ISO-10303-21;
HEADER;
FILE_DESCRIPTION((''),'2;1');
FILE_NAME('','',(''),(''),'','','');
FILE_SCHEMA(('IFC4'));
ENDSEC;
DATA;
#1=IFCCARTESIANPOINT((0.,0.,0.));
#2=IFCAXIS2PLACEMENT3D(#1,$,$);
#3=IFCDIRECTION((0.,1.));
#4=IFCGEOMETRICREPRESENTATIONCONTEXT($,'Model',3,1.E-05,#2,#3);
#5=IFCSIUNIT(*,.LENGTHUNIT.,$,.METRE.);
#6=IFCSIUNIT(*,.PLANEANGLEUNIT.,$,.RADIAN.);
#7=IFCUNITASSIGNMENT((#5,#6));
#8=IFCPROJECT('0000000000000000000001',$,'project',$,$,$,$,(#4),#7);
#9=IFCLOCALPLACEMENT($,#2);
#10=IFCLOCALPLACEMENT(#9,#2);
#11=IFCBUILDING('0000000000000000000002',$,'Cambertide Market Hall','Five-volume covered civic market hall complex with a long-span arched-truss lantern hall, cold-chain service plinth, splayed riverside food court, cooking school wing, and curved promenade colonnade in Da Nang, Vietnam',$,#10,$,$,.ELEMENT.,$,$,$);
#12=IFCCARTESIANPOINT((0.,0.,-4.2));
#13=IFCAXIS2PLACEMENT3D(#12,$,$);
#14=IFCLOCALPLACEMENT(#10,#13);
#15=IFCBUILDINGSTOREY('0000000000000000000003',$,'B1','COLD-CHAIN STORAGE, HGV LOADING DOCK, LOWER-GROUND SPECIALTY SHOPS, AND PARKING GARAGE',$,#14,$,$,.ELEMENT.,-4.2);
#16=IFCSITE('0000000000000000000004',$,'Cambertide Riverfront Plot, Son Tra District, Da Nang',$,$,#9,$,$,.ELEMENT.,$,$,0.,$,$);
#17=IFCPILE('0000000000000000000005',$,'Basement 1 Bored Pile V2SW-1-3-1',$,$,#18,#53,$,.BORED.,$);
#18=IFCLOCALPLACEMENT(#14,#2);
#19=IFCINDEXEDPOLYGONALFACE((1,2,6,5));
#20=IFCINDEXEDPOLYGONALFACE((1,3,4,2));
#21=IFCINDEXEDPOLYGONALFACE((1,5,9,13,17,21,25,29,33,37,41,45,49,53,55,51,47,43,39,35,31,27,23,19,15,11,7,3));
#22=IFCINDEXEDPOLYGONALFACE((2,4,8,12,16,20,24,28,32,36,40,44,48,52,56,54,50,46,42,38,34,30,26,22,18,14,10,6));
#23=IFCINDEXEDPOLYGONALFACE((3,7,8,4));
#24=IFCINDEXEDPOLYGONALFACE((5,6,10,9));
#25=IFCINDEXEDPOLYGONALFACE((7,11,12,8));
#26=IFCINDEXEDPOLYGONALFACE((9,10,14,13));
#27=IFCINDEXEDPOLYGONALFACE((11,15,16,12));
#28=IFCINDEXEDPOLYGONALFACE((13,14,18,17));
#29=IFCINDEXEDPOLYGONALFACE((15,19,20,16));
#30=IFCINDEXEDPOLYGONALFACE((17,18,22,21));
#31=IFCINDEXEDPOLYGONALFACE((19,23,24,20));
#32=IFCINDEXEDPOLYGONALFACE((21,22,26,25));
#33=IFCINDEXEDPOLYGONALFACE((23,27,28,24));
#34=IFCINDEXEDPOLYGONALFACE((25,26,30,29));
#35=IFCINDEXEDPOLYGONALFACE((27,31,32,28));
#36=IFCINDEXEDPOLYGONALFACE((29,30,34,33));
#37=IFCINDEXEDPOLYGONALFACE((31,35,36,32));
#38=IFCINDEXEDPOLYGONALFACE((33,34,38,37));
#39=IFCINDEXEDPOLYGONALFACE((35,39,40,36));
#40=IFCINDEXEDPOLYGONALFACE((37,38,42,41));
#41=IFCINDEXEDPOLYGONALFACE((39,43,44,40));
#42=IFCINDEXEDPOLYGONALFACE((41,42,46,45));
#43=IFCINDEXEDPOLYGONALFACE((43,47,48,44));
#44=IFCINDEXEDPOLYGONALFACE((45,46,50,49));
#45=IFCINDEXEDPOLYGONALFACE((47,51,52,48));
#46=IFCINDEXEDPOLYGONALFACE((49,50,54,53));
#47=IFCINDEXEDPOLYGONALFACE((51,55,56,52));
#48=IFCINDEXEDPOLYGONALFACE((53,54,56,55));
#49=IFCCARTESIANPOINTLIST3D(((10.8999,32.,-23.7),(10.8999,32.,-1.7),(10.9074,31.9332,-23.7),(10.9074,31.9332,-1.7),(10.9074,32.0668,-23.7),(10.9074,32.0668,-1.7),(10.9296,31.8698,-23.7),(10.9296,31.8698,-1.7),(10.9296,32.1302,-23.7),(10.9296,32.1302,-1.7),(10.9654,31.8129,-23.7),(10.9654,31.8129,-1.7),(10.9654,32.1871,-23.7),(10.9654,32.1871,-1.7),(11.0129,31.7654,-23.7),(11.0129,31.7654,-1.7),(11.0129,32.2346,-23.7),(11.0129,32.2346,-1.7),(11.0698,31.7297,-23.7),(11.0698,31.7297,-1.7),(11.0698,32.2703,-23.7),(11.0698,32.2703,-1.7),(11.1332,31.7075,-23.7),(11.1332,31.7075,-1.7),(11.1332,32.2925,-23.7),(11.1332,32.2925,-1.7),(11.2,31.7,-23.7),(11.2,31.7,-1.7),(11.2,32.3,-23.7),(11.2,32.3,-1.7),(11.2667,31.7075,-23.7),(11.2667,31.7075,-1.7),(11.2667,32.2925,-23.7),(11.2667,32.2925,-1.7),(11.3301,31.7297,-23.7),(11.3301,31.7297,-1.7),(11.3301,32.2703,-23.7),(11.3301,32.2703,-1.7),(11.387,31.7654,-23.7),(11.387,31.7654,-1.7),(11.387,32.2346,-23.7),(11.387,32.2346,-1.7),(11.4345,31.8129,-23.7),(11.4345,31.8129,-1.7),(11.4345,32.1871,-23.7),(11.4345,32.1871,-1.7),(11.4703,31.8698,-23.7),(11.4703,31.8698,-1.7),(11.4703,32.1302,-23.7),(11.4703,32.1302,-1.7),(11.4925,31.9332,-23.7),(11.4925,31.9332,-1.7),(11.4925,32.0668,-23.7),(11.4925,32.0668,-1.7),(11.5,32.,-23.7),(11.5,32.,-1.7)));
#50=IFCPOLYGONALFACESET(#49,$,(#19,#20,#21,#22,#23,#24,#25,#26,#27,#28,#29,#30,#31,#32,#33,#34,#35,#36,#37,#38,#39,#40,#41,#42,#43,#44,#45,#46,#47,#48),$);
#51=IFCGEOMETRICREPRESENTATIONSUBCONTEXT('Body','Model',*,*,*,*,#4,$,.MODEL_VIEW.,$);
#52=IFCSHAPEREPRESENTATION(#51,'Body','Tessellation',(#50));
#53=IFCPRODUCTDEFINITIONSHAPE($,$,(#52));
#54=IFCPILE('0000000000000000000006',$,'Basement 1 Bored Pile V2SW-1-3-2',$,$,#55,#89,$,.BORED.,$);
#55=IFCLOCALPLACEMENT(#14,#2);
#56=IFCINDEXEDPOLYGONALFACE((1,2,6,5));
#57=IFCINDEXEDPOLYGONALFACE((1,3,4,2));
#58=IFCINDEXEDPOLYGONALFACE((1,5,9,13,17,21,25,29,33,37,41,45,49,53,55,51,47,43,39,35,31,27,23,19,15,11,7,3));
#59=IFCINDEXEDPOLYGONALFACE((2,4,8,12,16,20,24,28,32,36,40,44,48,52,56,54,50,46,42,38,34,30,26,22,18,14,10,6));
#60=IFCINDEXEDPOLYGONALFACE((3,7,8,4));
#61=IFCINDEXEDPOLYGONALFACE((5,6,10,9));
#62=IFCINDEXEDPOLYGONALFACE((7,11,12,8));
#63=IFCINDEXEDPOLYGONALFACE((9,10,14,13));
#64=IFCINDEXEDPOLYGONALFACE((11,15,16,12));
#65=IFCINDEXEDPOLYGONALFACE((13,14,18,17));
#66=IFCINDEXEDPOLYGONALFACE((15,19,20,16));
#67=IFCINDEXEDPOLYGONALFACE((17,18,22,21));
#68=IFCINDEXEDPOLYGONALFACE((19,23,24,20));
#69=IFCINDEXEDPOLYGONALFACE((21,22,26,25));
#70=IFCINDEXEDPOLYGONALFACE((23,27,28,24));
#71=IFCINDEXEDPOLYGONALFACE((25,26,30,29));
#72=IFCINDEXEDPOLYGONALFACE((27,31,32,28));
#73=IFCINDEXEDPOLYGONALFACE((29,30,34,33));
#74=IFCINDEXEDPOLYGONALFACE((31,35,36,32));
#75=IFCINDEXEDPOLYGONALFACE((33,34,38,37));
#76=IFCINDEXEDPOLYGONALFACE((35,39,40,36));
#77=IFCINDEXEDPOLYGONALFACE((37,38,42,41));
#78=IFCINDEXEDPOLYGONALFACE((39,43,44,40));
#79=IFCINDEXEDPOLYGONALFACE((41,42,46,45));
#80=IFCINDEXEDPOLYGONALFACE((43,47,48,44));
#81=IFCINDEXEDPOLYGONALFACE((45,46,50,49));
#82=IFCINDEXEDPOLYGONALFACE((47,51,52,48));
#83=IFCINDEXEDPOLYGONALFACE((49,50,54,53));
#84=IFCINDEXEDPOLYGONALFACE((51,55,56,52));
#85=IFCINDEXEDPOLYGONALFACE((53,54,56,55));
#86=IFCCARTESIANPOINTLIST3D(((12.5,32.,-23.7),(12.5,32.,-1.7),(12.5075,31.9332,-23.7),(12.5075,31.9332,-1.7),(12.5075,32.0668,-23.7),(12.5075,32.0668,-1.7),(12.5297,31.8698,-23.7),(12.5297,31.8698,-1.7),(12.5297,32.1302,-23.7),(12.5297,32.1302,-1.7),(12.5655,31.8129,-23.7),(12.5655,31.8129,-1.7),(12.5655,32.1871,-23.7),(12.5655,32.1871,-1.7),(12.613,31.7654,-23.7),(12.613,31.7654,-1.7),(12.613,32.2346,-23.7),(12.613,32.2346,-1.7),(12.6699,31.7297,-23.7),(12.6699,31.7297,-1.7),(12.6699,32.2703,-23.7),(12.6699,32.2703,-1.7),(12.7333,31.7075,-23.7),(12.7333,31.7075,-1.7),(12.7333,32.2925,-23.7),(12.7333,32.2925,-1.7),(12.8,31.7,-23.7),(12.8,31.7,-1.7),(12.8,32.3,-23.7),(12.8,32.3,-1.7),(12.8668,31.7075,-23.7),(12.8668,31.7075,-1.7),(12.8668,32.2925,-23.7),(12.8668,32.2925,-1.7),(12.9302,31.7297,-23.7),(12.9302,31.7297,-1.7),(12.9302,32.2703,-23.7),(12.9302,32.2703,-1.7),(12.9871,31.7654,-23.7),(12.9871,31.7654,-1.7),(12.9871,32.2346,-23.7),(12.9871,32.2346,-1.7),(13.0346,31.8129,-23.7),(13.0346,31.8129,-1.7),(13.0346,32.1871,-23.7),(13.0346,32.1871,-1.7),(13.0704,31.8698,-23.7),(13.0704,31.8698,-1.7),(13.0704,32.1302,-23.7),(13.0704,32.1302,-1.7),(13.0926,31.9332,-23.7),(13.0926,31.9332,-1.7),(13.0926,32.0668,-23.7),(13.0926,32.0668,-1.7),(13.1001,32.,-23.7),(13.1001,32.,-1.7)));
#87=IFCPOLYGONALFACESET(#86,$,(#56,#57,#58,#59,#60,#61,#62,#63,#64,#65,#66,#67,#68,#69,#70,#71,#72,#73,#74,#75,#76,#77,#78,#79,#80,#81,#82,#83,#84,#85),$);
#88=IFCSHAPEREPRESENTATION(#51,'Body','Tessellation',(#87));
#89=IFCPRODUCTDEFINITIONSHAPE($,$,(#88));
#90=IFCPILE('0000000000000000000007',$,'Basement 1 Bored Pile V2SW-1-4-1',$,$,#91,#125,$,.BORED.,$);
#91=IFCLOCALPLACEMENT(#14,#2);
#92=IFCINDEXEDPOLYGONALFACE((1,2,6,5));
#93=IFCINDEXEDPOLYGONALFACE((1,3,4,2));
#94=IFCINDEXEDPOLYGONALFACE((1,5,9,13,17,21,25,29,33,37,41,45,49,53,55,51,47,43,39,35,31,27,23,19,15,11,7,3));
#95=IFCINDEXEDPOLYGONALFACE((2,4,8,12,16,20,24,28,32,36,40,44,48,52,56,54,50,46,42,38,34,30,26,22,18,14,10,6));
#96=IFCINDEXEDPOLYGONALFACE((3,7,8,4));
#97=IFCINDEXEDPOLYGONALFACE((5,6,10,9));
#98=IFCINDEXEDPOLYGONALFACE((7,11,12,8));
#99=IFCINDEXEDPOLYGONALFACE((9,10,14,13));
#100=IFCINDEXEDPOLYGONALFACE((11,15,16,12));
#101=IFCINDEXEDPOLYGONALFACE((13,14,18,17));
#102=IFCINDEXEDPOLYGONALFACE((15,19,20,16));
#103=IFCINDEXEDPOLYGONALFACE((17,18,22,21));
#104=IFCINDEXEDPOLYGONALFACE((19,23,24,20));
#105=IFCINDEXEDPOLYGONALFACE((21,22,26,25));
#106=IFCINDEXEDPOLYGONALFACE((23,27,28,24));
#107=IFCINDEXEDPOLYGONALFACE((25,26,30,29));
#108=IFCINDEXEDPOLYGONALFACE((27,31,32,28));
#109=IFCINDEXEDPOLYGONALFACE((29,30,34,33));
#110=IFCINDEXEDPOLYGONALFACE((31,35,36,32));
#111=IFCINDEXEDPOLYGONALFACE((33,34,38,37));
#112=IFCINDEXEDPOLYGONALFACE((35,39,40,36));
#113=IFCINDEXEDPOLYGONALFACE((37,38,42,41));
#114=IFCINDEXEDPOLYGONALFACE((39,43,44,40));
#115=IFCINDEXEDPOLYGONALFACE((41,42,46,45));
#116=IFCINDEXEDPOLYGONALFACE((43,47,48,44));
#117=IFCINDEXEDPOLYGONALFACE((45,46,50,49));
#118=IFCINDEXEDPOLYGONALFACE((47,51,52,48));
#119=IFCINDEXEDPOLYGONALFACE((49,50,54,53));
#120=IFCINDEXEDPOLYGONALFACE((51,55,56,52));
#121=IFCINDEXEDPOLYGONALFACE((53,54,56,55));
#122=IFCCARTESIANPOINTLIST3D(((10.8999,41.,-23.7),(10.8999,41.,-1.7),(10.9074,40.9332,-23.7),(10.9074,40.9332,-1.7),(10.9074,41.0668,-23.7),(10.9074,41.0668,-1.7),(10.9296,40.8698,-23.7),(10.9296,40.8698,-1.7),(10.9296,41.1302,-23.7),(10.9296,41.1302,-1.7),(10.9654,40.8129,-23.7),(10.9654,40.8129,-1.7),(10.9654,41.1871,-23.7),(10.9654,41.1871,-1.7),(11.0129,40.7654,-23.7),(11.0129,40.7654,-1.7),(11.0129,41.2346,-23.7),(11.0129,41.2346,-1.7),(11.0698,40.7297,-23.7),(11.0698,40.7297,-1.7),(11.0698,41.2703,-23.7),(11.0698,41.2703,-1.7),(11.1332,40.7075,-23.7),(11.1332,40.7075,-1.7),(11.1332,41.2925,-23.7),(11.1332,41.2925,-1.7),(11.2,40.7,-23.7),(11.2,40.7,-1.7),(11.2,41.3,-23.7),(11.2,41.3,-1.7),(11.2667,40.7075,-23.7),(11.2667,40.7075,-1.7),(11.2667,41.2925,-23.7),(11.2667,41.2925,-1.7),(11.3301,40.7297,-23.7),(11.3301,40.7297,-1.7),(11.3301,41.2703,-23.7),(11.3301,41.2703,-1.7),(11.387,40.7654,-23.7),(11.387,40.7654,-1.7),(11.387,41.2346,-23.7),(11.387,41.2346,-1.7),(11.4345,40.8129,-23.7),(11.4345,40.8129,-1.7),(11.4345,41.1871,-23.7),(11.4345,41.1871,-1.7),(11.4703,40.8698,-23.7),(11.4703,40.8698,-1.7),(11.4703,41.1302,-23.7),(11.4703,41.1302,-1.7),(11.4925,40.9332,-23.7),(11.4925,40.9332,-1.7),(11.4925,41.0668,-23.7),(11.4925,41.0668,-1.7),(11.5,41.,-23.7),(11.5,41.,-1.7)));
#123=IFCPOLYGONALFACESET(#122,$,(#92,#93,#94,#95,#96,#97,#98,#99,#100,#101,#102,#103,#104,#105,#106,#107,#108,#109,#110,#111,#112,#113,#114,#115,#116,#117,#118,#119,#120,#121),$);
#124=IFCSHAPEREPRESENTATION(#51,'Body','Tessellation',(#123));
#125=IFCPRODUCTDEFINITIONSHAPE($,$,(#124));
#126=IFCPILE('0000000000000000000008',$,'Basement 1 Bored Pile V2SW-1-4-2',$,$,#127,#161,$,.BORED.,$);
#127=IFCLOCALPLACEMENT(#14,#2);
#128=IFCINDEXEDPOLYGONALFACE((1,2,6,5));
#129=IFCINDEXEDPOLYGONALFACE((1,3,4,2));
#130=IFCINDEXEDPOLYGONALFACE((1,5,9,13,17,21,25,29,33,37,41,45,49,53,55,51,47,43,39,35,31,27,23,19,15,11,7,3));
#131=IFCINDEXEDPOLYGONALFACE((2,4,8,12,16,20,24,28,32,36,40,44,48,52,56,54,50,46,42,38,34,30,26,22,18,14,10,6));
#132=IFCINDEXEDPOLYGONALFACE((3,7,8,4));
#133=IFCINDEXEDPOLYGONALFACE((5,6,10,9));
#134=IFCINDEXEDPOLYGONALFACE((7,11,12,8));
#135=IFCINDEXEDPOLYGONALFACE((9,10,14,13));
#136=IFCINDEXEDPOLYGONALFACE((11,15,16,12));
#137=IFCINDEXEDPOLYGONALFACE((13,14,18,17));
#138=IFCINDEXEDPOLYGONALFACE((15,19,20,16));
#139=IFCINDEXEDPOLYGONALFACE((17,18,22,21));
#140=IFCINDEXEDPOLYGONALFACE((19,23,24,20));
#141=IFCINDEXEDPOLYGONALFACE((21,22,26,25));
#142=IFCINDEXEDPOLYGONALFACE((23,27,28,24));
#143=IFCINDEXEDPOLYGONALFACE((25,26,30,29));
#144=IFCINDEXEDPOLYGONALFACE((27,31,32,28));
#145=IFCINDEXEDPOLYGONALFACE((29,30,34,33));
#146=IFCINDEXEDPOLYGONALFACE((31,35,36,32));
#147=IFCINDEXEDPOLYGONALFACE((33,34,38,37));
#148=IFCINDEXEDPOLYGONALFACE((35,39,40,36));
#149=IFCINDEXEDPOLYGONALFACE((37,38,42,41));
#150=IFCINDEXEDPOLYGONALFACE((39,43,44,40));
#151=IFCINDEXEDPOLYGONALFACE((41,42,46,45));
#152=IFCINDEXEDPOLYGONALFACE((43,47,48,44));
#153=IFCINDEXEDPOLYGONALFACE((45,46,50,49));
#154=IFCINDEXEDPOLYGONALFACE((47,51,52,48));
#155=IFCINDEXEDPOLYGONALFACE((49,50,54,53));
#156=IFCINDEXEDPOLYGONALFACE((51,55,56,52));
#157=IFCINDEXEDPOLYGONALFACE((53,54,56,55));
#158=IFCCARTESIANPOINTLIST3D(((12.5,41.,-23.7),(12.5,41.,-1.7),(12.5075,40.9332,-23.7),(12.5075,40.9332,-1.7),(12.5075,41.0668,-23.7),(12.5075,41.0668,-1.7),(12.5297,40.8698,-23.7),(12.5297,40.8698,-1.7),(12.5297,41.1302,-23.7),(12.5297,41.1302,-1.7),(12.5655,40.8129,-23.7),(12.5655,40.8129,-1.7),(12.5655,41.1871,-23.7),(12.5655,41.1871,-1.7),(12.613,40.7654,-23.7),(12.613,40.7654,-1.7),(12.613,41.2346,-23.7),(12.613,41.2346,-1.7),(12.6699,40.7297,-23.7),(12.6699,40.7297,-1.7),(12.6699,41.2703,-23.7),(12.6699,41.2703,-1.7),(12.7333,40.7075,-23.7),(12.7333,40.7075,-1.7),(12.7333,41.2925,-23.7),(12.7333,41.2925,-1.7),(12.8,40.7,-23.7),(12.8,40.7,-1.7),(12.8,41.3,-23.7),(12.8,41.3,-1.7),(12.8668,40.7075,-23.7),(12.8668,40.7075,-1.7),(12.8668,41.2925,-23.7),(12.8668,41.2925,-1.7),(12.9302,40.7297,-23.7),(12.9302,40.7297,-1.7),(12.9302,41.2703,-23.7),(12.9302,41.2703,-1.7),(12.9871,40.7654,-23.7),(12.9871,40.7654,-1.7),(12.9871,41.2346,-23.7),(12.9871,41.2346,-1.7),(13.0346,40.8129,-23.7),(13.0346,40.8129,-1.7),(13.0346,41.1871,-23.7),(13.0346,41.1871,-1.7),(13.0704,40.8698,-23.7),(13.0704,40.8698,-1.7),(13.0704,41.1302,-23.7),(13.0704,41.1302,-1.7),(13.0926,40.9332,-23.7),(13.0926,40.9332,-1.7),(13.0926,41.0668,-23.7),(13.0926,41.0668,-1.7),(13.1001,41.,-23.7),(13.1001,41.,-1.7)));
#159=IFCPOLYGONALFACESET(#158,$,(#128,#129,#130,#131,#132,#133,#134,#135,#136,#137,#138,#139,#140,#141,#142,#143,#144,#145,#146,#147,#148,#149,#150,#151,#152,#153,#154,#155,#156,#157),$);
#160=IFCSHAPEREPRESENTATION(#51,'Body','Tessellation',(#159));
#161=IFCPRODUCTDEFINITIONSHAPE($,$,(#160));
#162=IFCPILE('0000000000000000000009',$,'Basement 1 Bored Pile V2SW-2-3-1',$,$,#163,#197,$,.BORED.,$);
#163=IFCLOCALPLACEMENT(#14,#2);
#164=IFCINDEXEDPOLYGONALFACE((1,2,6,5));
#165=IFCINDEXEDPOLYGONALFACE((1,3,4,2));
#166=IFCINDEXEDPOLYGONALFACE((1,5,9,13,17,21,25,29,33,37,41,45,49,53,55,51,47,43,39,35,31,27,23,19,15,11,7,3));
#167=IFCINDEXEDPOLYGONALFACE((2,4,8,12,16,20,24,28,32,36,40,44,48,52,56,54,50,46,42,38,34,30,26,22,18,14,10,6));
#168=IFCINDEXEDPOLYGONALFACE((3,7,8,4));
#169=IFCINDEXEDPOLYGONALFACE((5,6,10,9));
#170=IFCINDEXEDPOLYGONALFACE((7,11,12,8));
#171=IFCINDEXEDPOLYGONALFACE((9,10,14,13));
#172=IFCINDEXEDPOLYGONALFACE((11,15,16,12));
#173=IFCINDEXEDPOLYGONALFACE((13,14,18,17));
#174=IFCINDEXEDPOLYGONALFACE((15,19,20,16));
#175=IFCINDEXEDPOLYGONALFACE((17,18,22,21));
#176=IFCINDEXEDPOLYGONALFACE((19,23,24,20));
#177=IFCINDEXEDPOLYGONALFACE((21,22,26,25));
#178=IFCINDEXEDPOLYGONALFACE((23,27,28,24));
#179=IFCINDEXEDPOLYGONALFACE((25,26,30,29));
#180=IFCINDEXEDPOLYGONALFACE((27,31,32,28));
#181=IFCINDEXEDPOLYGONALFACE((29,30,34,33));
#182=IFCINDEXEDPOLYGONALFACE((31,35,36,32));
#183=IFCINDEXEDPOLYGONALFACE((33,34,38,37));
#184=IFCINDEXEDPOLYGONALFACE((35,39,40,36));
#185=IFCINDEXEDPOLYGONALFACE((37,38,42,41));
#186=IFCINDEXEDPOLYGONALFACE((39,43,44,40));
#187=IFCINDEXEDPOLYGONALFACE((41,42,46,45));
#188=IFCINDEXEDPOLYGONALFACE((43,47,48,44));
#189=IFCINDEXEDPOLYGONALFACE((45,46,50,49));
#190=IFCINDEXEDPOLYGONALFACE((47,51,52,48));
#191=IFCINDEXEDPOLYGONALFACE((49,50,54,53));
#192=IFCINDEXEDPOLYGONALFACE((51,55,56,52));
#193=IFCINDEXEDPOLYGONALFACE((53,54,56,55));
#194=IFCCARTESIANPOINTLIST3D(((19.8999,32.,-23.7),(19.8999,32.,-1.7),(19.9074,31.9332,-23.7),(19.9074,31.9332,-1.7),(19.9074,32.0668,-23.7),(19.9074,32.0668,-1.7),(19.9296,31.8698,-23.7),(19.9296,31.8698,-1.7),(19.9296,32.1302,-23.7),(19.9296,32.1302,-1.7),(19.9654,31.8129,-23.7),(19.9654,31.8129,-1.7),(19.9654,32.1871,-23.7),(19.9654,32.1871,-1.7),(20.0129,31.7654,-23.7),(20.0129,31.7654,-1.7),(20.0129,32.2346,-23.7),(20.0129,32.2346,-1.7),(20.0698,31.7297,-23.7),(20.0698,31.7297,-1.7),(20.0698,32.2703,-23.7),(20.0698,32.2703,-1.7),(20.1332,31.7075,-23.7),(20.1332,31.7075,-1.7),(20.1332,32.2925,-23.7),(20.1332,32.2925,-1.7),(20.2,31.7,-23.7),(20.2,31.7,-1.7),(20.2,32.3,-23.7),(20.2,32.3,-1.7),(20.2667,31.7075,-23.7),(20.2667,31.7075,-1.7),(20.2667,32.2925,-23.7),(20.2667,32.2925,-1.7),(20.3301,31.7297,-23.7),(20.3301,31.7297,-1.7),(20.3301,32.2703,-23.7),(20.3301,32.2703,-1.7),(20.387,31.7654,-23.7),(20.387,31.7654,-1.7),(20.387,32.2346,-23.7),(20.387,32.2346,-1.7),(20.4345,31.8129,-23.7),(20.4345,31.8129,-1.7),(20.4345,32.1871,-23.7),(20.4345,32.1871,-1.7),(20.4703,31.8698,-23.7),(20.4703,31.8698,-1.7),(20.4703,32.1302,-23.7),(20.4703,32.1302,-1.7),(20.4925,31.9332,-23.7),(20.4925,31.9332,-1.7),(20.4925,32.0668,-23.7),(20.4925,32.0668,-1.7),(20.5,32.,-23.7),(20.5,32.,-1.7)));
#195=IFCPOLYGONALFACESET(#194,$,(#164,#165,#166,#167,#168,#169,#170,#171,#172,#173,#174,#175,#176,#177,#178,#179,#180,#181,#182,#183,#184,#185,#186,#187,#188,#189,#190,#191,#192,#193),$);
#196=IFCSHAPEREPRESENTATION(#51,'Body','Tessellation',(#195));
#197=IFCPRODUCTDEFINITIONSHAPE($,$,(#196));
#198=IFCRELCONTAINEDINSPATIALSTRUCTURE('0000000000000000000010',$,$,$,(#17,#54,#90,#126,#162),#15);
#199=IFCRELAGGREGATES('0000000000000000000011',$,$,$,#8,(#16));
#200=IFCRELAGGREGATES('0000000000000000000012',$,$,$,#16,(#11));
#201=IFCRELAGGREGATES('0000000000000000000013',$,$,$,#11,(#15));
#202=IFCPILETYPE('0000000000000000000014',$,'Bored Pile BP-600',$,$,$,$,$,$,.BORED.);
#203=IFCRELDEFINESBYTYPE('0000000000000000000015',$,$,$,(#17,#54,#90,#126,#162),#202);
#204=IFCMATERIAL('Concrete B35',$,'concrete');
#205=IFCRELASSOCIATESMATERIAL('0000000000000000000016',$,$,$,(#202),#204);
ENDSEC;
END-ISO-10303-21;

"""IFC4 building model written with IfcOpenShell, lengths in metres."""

from ifc_helpers import new_model, si_unit, direction, frame, origin, origin_2d, place, context, subcontext, project, spatial, circle, extrude, material, material_profile, profile_set, type_object, element, save


model = new_model("IFC4")

# Units and contexts
model_context = context("Model", 3, precision=1e-05, world=origin(), true_north=direction((0.0, 1.0)))
body_context = subcontext(model_context, "Body", "Model", "MODEL_VIEW")
ifc_project = project(units=[si_unit("LENGTHUNIT", "METRE"), si_unit("PLANEANGLEUNIT", "RADIAN")], contexts=[model_context])

# Site, building, storey
site_placement = place(None, origin())
site = spatial("IfcSite", under=ifc_project, at=site_placement, Name="Cambertide Riverfront Plot, Son Tra District, Da Nang", CompositionType="ELEMENT", RefElevation=0.0)
building_placement = place(site_placement, origin())
building = spatial("IfcBuilding", under=site, at=building_placement, Name="Cambertide Market Hall", Description="Five-volume covered civic market hall complex with a long-span arched-truss lantern hall, cold-chain service plinth, splayed riverside food court, cooking school wing, and curved promenade colonnade in Da Nang, Vietnam", CompositionType="ELEMENT")
storey_placement = place(building_placement, frame((0.0, 0.0, -4.2)))
storey = spatial("IfcBuildingStorey", under=building, at=storey_placement, Name="B1", Description="COLD-CHAIN STORAGE, HGV LOADING DOCK, LOWER-GROUND SPECIALTY SHOPS, AND PARKING GARAGE", CompositionType="ELEMENT", Elevation=-4.2)

# Piles
ifc_material_1 = material(Name="Concrete B35", Category="concrete")
ifc_material_profile_1 = material_profile(ifc_material_1, circle(Radius=0.3, at=origin_2d()), Name="BP D600")
ifc_profile_set_1 = profile_set([ifc_material_profile_1], Name="Concrete B35")
pile_type = type_object("IfcPileType", Name="Bored Pile BP-600", PredefinedType="BORED", material=ifc_profile_set_1)
for number, where, z_axis, x_axis, name in (
    (1, (11.2, 32.0, -1.7), (0.0, 0.0, -1.0), (1.0, 0.0, 0.0), "Basement 1 Bored Pile V2SW-1-3-1"),
    (2, (12.8, 32.0, -1.7), (0.0, 0.0, -1.0), (1.0, 0.0, 0.0), "Basement 1 Bored Pile V2SW-1-3-2"),
    (3, (11.2, 41.0, -1.7), (0.0, 0.0, -1.0), (1.0, 0.0, 0.0), "Basement 1 Bored Pile V2SW-1-4-1"),
    (4, (12.8, 41.0, -1.7), (0.0, 0.0, -1.0), (1.0, 0.0, 0.0), "Basement 1 Bored Pile V2SW-1-4-2"),
    (5, (20.2, 32.0, -1.7), (0.0, 0.0, -1.0), (1.0, 0.0, 0.0), "Basement 1 Bored Pile V2SW-2-3-1"),
):
    element("IfcPile", number, at=place(storey_placement, frame(where, z_axis=z_axis, x_axis=x_axis)), inside=storey, type_object=pile_type, Name=name, PredefinedType="BORED", context=body_context, shape_type="SweptSolid", body=[
        extrude(circle(Radius=0.3, at=origin_2d()), origin(), (0.0, 0.0, 1.0), 22.0),
    ])

save(model, "model.ifc")
